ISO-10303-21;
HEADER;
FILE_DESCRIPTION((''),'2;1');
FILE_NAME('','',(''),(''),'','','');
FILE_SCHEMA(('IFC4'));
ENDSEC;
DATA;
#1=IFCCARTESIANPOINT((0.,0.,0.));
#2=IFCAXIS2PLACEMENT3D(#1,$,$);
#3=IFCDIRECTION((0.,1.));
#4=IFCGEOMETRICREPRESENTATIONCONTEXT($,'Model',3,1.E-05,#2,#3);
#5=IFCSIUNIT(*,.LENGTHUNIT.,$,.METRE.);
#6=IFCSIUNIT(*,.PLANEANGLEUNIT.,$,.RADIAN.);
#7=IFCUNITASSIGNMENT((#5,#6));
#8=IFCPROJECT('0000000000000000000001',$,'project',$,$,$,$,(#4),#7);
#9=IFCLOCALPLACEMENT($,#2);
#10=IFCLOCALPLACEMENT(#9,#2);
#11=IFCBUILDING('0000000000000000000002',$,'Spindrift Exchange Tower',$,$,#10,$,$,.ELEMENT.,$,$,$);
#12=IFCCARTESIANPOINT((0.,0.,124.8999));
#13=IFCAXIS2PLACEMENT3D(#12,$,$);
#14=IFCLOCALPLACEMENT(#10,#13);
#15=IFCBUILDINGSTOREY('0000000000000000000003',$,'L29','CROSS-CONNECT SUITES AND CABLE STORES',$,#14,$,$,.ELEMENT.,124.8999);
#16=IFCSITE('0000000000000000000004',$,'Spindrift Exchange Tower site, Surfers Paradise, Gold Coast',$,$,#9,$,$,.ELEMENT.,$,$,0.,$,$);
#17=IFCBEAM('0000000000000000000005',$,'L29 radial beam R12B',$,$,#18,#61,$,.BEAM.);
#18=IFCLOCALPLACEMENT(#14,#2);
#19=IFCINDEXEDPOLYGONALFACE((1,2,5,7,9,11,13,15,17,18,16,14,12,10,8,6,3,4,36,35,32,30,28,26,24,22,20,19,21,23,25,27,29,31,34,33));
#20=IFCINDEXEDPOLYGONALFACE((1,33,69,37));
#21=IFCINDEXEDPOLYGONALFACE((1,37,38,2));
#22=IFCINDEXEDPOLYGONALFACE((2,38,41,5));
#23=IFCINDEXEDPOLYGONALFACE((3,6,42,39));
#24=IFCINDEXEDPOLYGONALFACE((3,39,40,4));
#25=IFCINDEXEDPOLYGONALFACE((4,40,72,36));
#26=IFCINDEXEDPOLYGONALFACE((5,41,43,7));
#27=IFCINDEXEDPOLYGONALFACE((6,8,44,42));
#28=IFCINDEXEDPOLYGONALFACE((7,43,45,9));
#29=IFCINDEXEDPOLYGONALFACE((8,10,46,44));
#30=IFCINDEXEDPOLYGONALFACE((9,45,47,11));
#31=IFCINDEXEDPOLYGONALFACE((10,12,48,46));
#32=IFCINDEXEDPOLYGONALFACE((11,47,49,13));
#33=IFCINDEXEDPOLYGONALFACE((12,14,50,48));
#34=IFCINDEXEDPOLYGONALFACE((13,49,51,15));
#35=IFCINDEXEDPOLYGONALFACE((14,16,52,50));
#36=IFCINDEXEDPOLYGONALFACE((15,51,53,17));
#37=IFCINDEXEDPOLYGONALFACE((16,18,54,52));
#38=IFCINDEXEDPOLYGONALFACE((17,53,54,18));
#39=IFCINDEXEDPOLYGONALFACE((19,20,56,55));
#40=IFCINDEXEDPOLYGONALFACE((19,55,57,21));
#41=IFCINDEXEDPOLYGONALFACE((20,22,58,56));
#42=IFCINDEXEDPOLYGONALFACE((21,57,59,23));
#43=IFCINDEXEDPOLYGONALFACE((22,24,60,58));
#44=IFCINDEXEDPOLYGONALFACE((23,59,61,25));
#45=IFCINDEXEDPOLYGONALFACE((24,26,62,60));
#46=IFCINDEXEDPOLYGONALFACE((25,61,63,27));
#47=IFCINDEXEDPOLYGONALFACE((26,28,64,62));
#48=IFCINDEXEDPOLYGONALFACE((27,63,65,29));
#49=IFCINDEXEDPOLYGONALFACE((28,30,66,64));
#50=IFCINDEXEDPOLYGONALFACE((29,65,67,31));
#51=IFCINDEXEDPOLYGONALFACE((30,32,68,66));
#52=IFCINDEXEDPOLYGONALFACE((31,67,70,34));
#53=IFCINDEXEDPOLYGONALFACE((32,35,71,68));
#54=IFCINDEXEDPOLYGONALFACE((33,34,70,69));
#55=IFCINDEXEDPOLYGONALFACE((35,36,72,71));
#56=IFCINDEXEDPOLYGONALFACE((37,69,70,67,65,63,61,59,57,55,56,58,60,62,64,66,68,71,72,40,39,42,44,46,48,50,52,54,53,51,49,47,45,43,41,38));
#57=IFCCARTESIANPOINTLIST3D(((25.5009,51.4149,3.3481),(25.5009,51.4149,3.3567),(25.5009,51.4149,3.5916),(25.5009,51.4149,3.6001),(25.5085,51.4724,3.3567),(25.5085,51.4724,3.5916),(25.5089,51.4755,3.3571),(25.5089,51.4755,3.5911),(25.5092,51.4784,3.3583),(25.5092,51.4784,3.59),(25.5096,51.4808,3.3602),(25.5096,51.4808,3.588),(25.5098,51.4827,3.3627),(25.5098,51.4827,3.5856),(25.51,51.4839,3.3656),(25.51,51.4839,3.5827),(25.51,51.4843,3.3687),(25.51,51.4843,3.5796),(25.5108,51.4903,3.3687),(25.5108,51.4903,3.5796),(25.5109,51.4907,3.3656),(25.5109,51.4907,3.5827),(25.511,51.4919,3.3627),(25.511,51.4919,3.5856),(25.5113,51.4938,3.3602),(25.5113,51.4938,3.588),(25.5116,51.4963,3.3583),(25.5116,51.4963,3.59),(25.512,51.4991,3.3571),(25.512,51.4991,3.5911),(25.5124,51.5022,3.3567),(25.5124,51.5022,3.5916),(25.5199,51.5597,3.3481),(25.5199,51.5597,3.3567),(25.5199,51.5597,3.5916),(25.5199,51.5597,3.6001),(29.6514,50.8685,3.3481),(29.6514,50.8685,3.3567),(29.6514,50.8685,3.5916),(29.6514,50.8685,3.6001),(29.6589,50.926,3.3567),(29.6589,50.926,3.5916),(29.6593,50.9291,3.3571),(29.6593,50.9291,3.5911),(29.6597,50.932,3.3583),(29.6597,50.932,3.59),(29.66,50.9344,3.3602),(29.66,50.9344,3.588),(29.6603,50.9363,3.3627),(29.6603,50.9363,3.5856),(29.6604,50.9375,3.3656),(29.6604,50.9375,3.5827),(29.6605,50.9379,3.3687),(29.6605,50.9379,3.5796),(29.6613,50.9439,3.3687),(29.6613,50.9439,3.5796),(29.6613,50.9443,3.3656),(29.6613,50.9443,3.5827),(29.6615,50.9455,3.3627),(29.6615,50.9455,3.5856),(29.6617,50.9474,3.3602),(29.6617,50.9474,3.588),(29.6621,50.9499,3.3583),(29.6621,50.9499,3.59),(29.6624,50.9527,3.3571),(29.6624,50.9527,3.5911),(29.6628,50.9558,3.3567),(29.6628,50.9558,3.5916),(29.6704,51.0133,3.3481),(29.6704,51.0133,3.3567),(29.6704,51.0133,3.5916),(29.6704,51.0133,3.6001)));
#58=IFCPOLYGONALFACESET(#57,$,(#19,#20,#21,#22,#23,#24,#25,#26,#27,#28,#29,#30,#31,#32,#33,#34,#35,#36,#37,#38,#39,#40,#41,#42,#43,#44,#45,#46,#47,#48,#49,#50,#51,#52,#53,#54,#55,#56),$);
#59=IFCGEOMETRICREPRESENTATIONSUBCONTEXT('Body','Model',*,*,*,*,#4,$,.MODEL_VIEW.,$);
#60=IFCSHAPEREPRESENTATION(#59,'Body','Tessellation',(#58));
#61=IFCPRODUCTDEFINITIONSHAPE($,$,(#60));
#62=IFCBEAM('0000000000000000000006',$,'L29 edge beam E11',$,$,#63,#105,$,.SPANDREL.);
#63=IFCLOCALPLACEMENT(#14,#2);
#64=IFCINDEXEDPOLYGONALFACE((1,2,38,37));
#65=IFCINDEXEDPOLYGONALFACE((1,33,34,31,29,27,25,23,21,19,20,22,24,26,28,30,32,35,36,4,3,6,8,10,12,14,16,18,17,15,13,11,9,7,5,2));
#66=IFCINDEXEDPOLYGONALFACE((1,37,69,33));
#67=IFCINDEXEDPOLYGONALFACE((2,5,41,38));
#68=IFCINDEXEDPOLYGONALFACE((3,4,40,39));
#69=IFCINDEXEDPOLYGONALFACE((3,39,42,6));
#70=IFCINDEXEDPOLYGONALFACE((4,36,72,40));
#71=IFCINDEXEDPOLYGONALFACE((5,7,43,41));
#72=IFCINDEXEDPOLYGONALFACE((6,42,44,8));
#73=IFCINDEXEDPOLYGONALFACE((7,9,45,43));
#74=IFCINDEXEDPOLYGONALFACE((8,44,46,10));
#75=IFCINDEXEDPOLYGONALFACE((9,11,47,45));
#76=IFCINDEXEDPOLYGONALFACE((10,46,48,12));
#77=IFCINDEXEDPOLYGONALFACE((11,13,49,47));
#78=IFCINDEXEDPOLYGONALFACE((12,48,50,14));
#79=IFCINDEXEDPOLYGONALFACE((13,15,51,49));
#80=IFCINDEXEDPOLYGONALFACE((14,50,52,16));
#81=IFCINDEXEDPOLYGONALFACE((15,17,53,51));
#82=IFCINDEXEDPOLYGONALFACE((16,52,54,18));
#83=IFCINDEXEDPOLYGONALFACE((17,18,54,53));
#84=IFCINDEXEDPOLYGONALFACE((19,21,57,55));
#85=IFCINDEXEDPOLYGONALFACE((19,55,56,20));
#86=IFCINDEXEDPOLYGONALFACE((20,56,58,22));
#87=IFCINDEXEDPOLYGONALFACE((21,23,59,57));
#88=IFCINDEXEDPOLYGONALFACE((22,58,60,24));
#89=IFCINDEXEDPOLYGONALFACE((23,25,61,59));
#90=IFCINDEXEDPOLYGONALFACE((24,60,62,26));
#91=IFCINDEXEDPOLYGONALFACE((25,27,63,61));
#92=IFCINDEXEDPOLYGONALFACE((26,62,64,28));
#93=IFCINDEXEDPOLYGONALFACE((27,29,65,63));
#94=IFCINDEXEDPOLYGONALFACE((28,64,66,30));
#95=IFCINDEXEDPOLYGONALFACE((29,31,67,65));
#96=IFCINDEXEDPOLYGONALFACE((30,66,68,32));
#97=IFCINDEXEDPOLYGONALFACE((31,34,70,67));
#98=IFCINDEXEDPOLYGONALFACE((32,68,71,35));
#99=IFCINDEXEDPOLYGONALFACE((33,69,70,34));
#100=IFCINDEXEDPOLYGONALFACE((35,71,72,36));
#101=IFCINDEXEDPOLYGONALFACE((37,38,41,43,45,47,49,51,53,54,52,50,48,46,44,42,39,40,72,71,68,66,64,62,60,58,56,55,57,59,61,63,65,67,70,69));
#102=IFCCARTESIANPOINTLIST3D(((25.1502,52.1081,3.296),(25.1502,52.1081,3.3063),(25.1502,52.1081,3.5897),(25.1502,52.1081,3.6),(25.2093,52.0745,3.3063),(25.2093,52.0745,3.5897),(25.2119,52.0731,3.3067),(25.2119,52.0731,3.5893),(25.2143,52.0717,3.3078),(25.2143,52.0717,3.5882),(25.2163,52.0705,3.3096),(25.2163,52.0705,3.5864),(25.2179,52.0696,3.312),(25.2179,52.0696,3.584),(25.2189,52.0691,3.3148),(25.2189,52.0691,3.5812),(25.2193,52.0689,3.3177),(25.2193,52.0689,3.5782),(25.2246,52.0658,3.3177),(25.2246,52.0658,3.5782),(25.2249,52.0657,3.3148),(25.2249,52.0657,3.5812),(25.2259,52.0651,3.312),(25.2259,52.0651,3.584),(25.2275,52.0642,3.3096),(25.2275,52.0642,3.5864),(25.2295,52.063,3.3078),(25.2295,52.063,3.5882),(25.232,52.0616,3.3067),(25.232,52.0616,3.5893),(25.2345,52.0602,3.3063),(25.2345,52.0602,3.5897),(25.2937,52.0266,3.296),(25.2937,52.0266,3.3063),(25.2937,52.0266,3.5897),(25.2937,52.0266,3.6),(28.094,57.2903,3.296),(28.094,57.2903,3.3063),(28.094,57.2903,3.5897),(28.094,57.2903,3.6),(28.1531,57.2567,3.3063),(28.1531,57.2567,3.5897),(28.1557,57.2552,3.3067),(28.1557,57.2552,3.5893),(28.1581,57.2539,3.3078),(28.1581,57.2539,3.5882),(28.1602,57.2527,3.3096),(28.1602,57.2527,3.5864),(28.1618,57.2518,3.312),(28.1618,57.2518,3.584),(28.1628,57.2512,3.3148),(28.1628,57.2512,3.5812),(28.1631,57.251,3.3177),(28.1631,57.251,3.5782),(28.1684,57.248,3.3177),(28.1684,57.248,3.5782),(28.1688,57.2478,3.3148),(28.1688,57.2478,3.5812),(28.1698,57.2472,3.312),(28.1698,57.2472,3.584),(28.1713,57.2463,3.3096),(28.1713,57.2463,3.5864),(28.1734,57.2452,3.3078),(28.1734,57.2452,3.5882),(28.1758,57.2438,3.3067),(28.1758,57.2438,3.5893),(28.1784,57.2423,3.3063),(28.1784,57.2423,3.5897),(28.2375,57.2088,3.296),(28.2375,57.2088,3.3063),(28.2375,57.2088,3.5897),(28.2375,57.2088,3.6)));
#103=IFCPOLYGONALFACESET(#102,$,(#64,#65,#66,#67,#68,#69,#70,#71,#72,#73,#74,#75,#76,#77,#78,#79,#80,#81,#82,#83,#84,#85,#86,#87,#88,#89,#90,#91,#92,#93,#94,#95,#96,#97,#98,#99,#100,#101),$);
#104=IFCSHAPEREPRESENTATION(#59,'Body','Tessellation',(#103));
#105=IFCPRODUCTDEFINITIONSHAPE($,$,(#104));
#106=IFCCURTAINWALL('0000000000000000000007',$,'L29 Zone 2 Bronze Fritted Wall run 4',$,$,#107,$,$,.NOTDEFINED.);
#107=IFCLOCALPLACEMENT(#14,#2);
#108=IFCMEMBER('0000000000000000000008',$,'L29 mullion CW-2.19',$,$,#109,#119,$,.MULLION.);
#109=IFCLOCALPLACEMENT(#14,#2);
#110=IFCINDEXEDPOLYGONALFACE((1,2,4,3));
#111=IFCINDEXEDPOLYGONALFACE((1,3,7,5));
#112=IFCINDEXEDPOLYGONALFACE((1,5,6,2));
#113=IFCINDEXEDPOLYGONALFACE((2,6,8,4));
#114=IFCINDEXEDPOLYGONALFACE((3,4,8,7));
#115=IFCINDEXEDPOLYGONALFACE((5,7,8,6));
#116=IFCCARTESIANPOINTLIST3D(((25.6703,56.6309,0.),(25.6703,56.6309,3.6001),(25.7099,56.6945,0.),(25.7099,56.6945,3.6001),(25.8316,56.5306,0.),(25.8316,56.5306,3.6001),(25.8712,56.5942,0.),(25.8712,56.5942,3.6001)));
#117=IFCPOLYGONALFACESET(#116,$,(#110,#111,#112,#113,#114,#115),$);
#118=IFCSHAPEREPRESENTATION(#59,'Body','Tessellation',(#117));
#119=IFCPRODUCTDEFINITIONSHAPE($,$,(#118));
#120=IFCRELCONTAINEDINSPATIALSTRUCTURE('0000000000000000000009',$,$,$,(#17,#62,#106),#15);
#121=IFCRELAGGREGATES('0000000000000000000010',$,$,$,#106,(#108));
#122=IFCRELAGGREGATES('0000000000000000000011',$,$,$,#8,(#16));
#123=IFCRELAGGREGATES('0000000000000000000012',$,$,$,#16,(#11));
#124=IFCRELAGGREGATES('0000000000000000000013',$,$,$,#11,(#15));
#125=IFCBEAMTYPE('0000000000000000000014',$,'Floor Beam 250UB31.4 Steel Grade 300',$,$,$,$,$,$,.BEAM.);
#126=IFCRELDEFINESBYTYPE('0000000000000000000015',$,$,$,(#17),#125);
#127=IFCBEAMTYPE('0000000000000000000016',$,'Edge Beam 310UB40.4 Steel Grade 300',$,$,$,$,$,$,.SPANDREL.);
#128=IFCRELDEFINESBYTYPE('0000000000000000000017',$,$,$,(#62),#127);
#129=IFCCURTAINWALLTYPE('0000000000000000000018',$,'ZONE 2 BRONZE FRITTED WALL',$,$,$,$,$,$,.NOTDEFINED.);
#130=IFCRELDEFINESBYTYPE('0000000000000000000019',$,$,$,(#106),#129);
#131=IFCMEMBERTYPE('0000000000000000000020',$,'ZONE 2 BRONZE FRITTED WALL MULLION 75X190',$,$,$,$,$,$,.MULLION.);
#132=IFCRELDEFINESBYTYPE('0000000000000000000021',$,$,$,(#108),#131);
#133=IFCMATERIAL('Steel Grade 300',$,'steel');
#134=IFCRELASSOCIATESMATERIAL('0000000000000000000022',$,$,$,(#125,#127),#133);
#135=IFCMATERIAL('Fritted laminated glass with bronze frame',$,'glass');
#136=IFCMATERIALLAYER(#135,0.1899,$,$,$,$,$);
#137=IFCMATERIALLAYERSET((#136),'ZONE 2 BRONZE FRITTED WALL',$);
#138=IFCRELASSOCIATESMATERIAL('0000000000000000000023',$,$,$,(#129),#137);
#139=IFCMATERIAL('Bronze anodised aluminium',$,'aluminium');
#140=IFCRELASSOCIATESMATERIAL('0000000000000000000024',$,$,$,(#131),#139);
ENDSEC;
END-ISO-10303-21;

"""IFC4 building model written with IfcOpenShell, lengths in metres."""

from ifc_helpers import new_model, si_unit, direction, frame, origin, origin_2d, place, context, subcontext, project, spatial, rectangle, i_section, extrude, source, transform, mapped, material, layer, layer_set, material_profile, profile_set, type_object, element, aggregate, save


model = new_model("IFC4")

# Units and contexts
model_context = context("Model", 3, precision=1e-05, world=origin(), true_north=direction((0.0, 1.0)))
body_context = subcontext(model_context, "Body", "Model", "MODEL_VIEW")
ifc_project = project(units=[si_unit("LENGTHUNIT", "METRE"), si_unit("PLANEANGLEUNIT", "RADIAN")], contexts=[model_context])

# Site, building, storey
site_placement = place(None, origin())
site = spatial("IfcSite", under=ifc_project, at=site_placement, Name="Spindrift Exchange Tower site, Surfers Paradise, Gold Coast", CompositionType="ELEMENT", RefElevation=0.0)
building_placement = place(site_placement, origin())
building = spatial("IfcBuilding", under=site, at=building_placement, Name="Spindrift Exchange Tower", CompositionType="ELEMENT")
storey_placement = place(building_placement, frame((0.0, 0.0, 124.8999)))
storey = spatial("IfcBuildingStorey", under=building, at=storey_placement, Name="L29", Description="CROSS-CONNECT SUITES AND CABLE STORES", CompositionType="ELEMENT", Elevation=124.8999)

# Beams
ifc_material_1 = material(Name="Steel Grade 300", Category="steel")
ifc_material_profile_1 = material_profile(ifc_material_1, i_section(OverallWidth=0.146, OverallDepth=0.252, WebThickness=0.0061, FlangeThickness=0.0085, FilletRadius=0.012, at=origin_2d()), Name="250UB31.4")
ifc_profile_set_1 = profile_set([ifc_material_profile_1], Name="Steel Grade 300")
beam_type_1 = type_object("IfcBeamType", Name="Floor Beam 250UB31.4 Steel Grade 300", PredefinedType="BEAM", material=ifc_profile_set_1)
shared_shape_1 = source(origin(), body_context, "Body", "SweptSolid", [
    extrude(i_section(OverallWidth=0.146, OverallDepth=0.252, WebThickness=0.0061, FlangeThickness=0.0085, FilletRadius=0.012, at=origin_2d()), origin(), (0.0, 0.0, 1.0), 4.1863),
])
beam_1_placement = place(storey_placement, frame((29.6609, 50.9409, 3.4741), z_axis=(-0.991446, 0.130521, 0.0), x_axis=(-0.130521, -0.991446, 0.0)))
element("IfcBeam", 1, at=beam_1_placement, inside=storey, type_object=beam_type_1, Name="L29 radial beam R12B", PredefinedType="BEAM", context=body_context, shape_type="MappedRepresentation", body=[
    mapped(shared_shape_1, transform((0.0, 0.0, 0.0), scale=1.0)),
])
ifc_material_profile_2 = material_profile(ifc_material_1, i_section(OverallWidth=0.165, OverallDepth=0.304, WebThickness=0.0061, FlangeThickness=0.0103, FilletRadius=0.0115, at=origin_2d()), Name="310UB40.4")
ifc_profile_set_2 = profile_set([ifc_material_profile_2], Name="Steel Grade 300")
beam_type_2 = type_object("IfcBeamType", Name="Edge Beam 310UB40.4 Steel Grade 300", PredefinedType="SPANDREL", material=ifc_profile_set_2)
shared_shape_2 = source(origin(), body_context, "Body", "SweptSolid", [
    extrude(i_section(OverallWidth=0.165, OverallDepth=0.304, WebThickness=0.0061, FlangeThickness=0.0103, FilletRadius=0.0115, at=origin_2d()), origin(), (0.0, 0.0, 1.0), 5.96),
])
beam_2_placement = place(storey_placement, frame((28.1658, 57.2495, 3.448), z_axis=(-0.49394, -0.869496, 0.0), x_axis=(0.869496, -0.49394, 0.0)))
element("IfcBeam", 2, at=beam_2_placement, inside=storey, type_object=beam_type_2, Name="L29 edge beam E11", PredefinedType="SPANDREL", context=body_context, shape_type="MappedRepresentation", body=[
    mapped(shared_shape_2, transform((0.0, 0.0, 0.0), scale=1.0)),
])

# Curtain wall, member
ifc_material_2 = material(Name="Fritted laminated glass with bronze frame", Category="glass")
ifc_layer_1 = layer(ifc_material_2, 0.1899)
ifc_layer_set_1 = layer_set([ifc_layer_1], Name="ZONE 2 BRONZE FRITTED WALL")
curtain_wall_type = type_object("IfcCurtainWallType", Name="ZONE 2 BRONZE FRITTED WALL", PredefinedType="NOTDEFINED", material=ifc_layer_set_1)
curtain_wall_placement = place(storey_placement, origin())
curtain_wall = element("IfcCurtainWall", 3, at=curtain_wall_placement, inside=storey, type_object=curtain_wall_type, Name="L29 Zone 2 Bronze Fritted Wall run 4", PredefinedType="NOTDEFINED")
ifc_material_3 = material(Name="Bronze anodised aluminium", Category="aluminium")
ifc_material_profile_3 = material_profile(ifc_material_3, rectangle(XDim=0.075, YDim=0.1899, at=origin_2d()), Name="ZONE 2 BRONZE FRITTED WALL MULLION 75X190")
ifc_profile_set_3 = profile_set([ifc_material_profile_3], Name="Bronze anodised aluminium")
member_type = type_object("IfcMemberType", Name="ZONE 2 BRONZE FRITTED WALL MULLION 75X190", PredefinedType="MULLION", material=ifc_profile_set_3)
shared_shape_3 = source(origin(), body_context, "Body", "SweptSolid", [
    extrude(rectangle(XDim=0.075, YDim=0.1899, at=origin_2d()), origin(), (0.0, 0.0, 1.0), 3.6001),
])
member_placement = place(storey_placement, frame((25.7708, 56.6125, 0.0), z_axis=(0.0, 0.0, 1.0), x_axis=(-0.527925, -0.849291, 0.0)))
member = element("IfcMember", 4, at=member_placement, type_object=member_type, Name="L29 mullion CW-2.19", PredefinedType="MULLION", context=body_context, shape_type="MappedRepresentation", body=[
    mapped(shared_shape_3, transform((0.0, 0.0, 0.0), scale=1.0)),
])
aggregate(curtain_wall, [member])

save(model, "model.ifc")
